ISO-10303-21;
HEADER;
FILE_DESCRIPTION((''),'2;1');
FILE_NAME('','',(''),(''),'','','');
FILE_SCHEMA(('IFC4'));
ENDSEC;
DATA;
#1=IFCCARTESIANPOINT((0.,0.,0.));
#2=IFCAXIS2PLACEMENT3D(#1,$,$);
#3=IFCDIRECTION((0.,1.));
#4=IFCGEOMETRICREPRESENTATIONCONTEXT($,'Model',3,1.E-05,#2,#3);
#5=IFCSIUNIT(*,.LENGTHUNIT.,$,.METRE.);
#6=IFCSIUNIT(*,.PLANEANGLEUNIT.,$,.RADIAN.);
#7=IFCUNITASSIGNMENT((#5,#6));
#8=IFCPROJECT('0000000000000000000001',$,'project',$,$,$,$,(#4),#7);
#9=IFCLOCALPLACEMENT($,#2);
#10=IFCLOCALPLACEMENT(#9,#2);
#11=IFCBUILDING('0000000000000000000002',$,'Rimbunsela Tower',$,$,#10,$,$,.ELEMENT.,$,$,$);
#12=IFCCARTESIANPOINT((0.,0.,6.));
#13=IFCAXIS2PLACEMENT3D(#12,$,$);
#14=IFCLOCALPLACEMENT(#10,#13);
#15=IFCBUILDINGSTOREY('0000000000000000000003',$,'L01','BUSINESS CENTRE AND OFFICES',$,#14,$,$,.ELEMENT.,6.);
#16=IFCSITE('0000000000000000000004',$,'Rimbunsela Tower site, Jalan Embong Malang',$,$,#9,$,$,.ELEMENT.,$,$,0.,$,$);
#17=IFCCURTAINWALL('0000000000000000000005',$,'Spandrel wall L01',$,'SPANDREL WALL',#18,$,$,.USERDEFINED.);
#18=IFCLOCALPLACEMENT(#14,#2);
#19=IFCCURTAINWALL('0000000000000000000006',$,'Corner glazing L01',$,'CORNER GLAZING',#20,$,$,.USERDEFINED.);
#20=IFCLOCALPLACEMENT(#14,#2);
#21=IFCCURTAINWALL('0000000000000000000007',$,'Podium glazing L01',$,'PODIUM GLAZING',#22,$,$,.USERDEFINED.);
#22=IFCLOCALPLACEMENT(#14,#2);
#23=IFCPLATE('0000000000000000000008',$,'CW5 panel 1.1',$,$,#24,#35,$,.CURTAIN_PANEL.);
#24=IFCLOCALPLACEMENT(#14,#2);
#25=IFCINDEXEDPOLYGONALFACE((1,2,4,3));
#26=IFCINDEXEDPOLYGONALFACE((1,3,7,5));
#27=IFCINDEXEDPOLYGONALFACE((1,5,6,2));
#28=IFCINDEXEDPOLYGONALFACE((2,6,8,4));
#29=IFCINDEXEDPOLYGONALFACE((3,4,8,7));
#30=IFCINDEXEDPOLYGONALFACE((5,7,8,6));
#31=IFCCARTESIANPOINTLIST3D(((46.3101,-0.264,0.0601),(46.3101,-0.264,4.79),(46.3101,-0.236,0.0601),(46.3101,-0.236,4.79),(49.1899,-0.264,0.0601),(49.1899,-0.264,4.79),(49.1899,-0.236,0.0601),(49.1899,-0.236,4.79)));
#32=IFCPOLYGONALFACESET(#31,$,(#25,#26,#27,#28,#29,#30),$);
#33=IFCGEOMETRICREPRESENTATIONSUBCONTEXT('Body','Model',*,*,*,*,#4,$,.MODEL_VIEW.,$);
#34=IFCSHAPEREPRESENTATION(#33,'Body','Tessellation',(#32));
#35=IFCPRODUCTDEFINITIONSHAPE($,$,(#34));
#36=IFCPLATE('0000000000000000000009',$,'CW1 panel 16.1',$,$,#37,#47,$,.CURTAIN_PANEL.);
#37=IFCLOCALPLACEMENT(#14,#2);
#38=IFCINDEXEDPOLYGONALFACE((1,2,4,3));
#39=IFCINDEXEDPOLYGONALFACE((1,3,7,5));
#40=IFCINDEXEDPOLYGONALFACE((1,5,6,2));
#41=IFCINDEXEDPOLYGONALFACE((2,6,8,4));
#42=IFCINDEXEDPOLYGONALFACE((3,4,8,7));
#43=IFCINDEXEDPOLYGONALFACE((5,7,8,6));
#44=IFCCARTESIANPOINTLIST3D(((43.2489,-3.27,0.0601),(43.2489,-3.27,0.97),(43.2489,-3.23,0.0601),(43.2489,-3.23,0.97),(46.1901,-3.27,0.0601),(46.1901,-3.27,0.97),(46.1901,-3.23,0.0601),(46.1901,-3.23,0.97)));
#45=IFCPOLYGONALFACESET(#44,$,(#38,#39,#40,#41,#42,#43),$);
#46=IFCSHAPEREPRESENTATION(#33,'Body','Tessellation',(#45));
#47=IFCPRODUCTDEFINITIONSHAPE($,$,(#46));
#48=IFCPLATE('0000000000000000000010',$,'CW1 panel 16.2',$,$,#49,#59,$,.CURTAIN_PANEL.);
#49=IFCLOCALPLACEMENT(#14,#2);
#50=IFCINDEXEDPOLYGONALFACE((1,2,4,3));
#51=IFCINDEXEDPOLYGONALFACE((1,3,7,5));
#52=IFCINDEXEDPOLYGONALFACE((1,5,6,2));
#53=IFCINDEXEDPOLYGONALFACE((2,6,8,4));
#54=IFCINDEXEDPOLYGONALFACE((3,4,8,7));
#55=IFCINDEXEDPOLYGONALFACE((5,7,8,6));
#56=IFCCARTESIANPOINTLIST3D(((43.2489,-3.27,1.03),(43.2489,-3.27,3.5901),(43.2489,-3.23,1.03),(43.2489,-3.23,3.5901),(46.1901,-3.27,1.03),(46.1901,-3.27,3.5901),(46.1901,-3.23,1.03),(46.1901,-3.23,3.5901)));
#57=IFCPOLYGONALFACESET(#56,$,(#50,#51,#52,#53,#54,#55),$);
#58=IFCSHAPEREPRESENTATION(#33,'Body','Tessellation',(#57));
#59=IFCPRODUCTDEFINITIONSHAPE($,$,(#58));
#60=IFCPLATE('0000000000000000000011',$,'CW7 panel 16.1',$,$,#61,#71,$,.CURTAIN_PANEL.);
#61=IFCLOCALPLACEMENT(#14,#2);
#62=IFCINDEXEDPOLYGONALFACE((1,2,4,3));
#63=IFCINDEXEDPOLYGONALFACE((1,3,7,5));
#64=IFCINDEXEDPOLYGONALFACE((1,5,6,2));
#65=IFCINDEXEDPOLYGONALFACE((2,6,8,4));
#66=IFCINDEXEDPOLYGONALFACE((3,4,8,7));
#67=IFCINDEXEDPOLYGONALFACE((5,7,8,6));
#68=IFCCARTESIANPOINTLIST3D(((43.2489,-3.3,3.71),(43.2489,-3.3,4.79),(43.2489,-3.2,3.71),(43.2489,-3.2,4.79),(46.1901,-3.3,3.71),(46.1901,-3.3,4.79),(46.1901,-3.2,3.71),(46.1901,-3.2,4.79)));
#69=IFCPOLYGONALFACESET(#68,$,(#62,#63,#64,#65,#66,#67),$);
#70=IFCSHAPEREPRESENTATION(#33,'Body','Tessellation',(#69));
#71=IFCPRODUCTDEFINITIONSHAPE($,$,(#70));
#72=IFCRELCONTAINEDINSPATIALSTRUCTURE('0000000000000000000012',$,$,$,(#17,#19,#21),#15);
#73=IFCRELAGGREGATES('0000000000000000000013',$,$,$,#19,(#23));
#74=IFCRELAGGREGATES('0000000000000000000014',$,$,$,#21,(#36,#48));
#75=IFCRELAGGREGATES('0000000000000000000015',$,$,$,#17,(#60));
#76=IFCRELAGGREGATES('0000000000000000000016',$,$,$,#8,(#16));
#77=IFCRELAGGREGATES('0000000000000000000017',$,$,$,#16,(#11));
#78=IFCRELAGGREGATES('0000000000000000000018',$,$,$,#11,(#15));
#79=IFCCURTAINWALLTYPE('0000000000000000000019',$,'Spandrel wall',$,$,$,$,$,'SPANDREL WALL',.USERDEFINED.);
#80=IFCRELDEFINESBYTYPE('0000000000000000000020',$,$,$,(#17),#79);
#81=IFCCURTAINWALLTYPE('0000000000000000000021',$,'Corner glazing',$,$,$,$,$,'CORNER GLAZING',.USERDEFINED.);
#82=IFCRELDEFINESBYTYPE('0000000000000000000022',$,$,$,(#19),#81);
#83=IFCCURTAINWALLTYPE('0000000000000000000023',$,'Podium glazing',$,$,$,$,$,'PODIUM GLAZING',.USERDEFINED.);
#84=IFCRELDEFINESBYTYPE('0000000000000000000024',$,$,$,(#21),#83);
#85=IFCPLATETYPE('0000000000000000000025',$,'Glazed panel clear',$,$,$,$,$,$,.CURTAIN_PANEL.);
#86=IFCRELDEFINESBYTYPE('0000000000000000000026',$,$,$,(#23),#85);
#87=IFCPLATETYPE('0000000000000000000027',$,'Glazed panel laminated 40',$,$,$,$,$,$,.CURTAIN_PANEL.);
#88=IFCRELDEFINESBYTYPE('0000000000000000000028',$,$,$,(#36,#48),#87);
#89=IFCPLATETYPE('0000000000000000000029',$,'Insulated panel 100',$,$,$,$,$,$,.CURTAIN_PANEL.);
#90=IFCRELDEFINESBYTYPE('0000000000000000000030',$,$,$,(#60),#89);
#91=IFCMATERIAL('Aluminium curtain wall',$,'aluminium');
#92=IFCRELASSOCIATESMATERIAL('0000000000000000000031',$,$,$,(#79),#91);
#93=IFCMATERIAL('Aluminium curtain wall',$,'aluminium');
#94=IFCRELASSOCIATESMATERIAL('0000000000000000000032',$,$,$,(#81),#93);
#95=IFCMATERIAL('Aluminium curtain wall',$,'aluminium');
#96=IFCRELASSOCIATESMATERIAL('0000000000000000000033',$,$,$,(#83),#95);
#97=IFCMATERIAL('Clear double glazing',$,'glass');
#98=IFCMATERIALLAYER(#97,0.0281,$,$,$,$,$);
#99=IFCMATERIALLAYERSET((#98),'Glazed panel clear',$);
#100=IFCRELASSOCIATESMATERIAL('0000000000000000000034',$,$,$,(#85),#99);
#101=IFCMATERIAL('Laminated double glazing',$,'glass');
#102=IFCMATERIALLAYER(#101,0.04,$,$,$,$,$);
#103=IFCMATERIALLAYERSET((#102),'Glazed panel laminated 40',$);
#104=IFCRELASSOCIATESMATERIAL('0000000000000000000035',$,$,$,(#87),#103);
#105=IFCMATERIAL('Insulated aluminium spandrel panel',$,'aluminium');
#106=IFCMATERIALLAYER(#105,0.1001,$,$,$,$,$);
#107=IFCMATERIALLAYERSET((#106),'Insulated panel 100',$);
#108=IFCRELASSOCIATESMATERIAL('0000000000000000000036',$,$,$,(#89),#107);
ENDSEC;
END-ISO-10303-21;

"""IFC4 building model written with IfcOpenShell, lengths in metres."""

from ifc_helpers import new_model, si_unit, direction, frame, origin, origin_2d, place, context, subcontext, project, spatial, rectangle, extrude, material, layer, layer_set, type_object, element, aggregate, save


model = new_model("IFC4")

# Units and contexts
model_context = context("Model", 3, precision=1e-05, world=origin(), true_north=direction((0.0, 1.0)))
body_context = subcontext(model_context, "Body", "Model", "MODEL_VIEW")
ifc_project = project(units=[si_unit("LENGTHUNIT", "METRE"), si_unit("PLANEANGLEUNIT", "RADIAN")], contexts=[model_context])

# Site, building, storey
site_placement = place(None, origin())
site = spatial("IfcSite", under=ifc_project, at=site_placement, Name="Rimbunsela Tower site, Jalan Embong Malang", CompositionType="ELEMENT", RefElevation=0.0)
building_placement = place(site_placement, origin())
building = spatial("IfcBuilding", under=site, at=building_placement, Name="Rimbunsela Tower", CompositionType="ELEMENT")
storey_placement = place(building_placement, frame((0.0, 0.0, 6.0)))
storey = spatial("IfcBuildingStorey", under=building, at=storey_placement, Name="L01", Description="BUSINESS CENTRE AND OFFICES", CompositionType="ELEMENT", Elevation=6.0)

# Curtain wall
ifc_material_1 = material(Name="Aluminium curtain wall", Category="aluminium")
curtain_wall_type_1 = type_object("IfcCurtainWallType", Name="Spandrel wall", ElementType="SPANDREL WALL", PredefinedType="USERDEFINED", material=ifc_material_1)
curtain_wall_1_placement = place(storey_placement, origin())
curtain_wall_1 = element("IfcCurtainWall", 1, at=curtain_wall_1_placement, inside=storey, type_object=curtain_wall_type_1, Name="Spandrel wall L01", ObjectType="SPANDREL WALL", PredefinedType="USERDEFINED")

# Curtain wall
ifc_material_2 = material(Name="Aluminium curtain wall", Category="aluminium")
curtain_wall_type_2 = type_object("IfcCurtainWallType", Name="Corner glazing", ElementType="CORNER GLAZING", PredefinedType="USERDEFINED", material=ifc_material_2)
curtain_wall_2_placement = place(storey_placement, origin())
curtain_wall_2 = element("IfcCurtainWall", 2, at=curtain_wall_2_placement, inside=storey, type_object=curtain_wall_type_2, Name="Corner glazing L01", ObjectType="CORNER GLAZING", PredefinedType="USERDEFINED")

# Curtain wall
ifc_material_3 = material(Name="Aluminium curtain wall", Category="aluminium")
curtain_wall_type_3 = type_object("IfcCurtainWallType", Name="Podium glazing", ElementType="PODIUM GLAZING", PredefinedType="USERDEFINED", material=ifc_material_3)
curtain_wall_3_placement = place(storey_placement, origin())
curtain_wall_3 = element("IfcCurtainWall", 3, at=curtain_wall_3_placement, inside=storey, type_object=curtain_wall_type_3, Name="Podium glazing L01", ObjectType="PODIUM GLAZING", PredefinedType="USERDEFINED")

# Plates
ifc_material_4 = material(Name="Clear double glazing", Category="glass")
ifc_layer_1 = layer(ifc_material_4, 0.0281)
ifc_layer_set_1 = layer_set([ifc_layer_1], Name="Glazed panel clear")
plate_type_1 = type_object("IfcPlateType", Name="Glazed panel clear", PredefinedType="CURTAIN_PANEL", material=ifc_layer_set_1)
plate_1_placement = place(storey_placement, frame((47.75, -0.25, 0.0601), z_axis=(0.0, 0.0, 1.0), x_axis=(1.0, 0.0, 0.0)))
plate_1 = element("IfcPlate", 4, at=plate_1_placement, type_object=plate_type_1, Name="CW5 panel 1.1", PredefinedType="CURTAIN_PANEL", context=body_context, shape_type="SweptSolid", body=[
    extrude(rectangle(XDim=2.8799, YDim=0.0281, at=origin_2d()), origin(), (0.0, 0.0, 1.0), 4.73),
])
aggregate(curtain_wall_2, [plate_1])
ifc_material_5 = material(Name="Laminated double glazing", Category="glass")
ifc_layer_2 = layer(ifc_material_5, 0.04)
ifc_layer_set_2 = layer_set([ifc_layer_2], Name="Glazed panel laminated 40")
plate_type_2 = type_object("IfcPlateType", Name="Glazed panel laminated 40", PredefinedType="CURTAIN_PANEL", material=ifc_layer_set_2)
plate_2_placement = place(storey_placement, frame((44.7195, -3.25, 0.0601), z_axis=(0.0, 0.0, 1.0), x_axis=(1.0, 0.0, 0.0)))
plate_2 = element("IfcPlate", 5, at=plate_2_placement, type_object=plate_type_2, Name="CW1 panel 16.1", PredefinedType="CURTAIN_PANEL", context=body_context, shape_type="SweptSolid", body=[
    extrude(rectangle(XDim=2.9412, YDim=0.04, at=origin_2d()), origin(), (0.0, 0.0, 1.0), 0.9099),
])
plate_3_placement = place(storey_placement, frame((44.7195, -3.25, 1.03), z_axis=(0.0, 0.0, 1.0), x_axis=(1.0, 0.0, 0.0)))
plate_3 = element("IfcPlate", 6, at=plate_3_placement, type_object=plate_type_2, Name="CW1 panel 16.2", PredefinedType="CURTAIN_PANEL", context=body_context, shape_type="SweptSolid", body=[
    extrude(rectangle(XDim=2.9412, YDim=0.04, at=origin_2d()), origin(), (0.0, 0.0, 1.0), 2.5601),
])
aggregate(curtain_wall_3, [plate_2, plate_3])
ifc_material_6 = material(Name="Insulated aluminium spandrel panel", Category="aluminium")
ifc_layer_3 = layer(ifc_material_6, 0.1001)
ifc_layer_set_3 = layer_set([ifc_layer_3], Name="Insulated panel 100")
plate_type_3 = type_object("IfcPlateType", Name="Insulated panel 100", PredefinedType="CURTAIN_PANEL", material=ifc_layer_set_3)
plate_4_placement = place(storey_placement, frame((44.7195, -3.25, 3.71), z_axis=(0.0, 0.0, 1.0), x_axis=(1.0, 0.0, 0.0)))
plate_4 = element("IfcPlate", 7, at=plate_4_placement, type_object=plate_type_3, Name="CW7 panel 16.1", PredefinedType="CURTAIN_PANEL", context=body_context, shape_type="SweptSolid", body=[
    extrude(rectangle(XDim=2.9412, YDim=0.1001, at=origin_2d()), origin(), (0.0, 0.0, 1.0), 1.0801),
])
aggregate(curtain_wall_1, [plate_4])

save(model, "model.ifc")
